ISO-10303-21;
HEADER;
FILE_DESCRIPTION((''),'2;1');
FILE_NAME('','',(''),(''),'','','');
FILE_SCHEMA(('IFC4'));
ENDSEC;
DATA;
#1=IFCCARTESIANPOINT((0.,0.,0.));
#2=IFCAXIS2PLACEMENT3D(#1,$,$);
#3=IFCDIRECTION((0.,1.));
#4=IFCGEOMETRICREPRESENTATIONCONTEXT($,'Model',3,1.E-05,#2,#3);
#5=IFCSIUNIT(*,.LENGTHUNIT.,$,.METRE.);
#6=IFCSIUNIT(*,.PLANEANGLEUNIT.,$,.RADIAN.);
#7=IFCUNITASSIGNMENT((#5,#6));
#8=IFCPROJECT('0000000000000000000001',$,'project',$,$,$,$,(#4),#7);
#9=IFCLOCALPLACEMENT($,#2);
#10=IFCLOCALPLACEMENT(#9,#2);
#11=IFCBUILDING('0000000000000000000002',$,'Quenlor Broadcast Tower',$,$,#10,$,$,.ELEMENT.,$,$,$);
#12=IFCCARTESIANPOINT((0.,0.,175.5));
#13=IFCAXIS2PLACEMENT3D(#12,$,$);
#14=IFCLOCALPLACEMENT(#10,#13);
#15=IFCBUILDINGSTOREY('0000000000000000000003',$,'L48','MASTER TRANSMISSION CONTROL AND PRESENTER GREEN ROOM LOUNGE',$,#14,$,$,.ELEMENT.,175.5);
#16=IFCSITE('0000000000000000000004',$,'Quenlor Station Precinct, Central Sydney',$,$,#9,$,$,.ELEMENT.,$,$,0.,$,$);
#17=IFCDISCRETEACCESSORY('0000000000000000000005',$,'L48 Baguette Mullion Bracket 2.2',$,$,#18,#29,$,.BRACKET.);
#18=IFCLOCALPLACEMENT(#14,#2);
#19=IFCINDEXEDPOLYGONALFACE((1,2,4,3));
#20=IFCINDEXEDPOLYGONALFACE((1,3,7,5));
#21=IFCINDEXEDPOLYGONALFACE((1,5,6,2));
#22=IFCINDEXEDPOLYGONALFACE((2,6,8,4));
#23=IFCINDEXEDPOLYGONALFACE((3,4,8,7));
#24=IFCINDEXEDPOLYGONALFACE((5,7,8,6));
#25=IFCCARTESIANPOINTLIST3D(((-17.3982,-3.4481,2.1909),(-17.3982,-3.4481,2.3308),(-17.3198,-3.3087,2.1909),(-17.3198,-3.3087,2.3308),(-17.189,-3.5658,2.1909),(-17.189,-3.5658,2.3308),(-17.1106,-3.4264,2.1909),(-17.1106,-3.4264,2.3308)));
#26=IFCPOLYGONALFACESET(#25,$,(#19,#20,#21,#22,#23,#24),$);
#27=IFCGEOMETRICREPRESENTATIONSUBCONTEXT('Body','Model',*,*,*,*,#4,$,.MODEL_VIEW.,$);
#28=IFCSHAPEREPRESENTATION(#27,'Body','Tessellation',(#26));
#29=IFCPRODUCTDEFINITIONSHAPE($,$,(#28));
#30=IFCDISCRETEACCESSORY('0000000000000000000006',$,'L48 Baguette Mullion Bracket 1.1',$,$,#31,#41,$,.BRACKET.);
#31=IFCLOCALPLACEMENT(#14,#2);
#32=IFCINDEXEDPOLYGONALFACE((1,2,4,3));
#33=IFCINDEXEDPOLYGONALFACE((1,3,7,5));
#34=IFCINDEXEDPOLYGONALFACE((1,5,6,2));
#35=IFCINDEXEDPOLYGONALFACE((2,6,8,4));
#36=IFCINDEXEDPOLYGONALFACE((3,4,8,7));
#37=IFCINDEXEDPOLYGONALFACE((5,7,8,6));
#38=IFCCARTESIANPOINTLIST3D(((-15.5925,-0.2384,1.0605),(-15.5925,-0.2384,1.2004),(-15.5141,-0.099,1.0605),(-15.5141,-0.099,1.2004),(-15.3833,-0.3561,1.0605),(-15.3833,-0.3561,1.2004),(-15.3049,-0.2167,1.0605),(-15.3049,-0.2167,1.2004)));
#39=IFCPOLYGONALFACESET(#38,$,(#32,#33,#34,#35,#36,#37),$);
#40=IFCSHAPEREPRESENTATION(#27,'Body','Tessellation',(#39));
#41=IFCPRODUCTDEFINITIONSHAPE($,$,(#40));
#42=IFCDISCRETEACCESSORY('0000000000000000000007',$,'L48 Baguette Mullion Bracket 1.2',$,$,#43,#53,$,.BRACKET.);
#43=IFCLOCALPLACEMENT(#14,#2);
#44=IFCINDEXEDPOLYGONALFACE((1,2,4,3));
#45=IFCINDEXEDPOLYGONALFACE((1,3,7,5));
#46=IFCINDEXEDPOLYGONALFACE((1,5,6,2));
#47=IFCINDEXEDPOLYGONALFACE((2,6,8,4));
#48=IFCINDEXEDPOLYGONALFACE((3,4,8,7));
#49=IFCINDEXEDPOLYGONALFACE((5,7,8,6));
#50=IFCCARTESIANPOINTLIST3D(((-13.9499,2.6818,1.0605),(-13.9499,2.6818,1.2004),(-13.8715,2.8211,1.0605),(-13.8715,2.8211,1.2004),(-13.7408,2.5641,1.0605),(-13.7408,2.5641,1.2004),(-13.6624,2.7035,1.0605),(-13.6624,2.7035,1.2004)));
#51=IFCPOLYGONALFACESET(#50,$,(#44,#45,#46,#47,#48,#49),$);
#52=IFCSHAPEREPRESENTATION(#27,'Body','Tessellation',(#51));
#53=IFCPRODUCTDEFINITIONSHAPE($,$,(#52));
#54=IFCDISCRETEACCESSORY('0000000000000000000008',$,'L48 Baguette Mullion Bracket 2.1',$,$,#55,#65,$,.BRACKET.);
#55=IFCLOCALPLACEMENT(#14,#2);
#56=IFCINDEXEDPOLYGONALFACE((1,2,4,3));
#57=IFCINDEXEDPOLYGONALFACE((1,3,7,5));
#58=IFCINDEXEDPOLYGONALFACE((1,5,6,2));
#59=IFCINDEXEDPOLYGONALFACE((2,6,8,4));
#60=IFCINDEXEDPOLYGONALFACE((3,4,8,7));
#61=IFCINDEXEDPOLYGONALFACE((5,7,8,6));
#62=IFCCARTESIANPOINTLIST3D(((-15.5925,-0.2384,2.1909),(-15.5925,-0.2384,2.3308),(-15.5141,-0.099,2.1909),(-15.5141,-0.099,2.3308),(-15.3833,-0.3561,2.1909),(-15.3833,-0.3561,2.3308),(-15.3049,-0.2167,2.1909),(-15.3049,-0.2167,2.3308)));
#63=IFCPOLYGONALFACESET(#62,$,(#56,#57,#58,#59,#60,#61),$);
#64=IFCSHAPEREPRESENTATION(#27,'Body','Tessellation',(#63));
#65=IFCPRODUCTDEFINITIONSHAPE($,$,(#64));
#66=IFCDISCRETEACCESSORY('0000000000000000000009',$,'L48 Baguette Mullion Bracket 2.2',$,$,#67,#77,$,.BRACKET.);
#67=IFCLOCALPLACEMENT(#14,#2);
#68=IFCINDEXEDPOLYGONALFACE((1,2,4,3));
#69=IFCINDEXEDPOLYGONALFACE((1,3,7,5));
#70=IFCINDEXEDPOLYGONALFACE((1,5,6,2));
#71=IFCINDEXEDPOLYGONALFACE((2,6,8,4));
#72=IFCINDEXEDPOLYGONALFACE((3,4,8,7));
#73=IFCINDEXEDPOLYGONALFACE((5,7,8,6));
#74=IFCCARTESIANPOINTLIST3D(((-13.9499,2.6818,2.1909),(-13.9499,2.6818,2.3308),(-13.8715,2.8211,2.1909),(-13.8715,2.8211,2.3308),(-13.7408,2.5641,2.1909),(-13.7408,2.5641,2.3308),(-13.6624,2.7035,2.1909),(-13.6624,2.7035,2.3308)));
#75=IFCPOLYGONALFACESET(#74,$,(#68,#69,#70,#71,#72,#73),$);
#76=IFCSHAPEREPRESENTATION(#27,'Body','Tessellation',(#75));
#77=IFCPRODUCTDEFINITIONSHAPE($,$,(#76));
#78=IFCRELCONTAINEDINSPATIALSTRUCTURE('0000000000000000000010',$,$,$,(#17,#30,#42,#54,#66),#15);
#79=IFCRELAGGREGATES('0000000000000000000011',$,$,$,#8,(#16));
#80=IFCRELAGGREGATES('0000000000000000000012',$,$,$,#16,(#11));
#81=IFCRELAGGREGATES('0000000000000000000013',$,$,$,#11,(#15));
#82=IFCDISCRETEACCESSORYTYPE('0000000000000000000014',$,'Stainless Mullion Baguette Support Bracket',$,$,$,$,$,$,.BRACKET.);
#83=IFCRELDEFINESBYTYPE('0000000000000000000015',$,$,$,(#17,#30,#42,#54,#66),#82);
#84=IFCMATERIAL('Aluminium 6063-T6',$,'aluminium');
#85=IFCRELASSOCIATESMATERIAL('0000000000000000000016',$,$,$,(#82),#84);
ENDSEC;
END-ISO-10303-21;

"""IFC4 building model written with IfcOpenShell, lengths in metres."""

from ifc_helpers import new_model, si_unit, direction, frame, origin, origin_2d, place, context, subcontext, project, spatial, rectangle, extrude, material, type_object, element, save


model = new_model("IFC4")

# Units and contexts
model_context = context("Model", 3, precision=1e-05, world=origin(), true_north=direction((0.0, 1.0)))
body_context = subcontext(model_context, "Body", "Model", "MODEL_VIEW")
ifc_project = project(units=[si_unit("LENGTHUNIT", "METRE"), si_unit("PLANEANGLEUNIT", "RADIAN")], contexts=[model_context])

# Site, building, storey
site_placement = place(None, origin())
site = spatial("IfcSite", under=ifc_project, at=site_placement, Name="Quenlor Station Precinct, Central Sydney", CompositionType="ELEMENT", RefElevation=0.0)
building_placement = place(site_placement, origin())
building = spatial("IfcBuilding", under=site, at=building_placement, Name="Quenlor Broadcast Tower", CompositionType="ELEMENT")
storey_placement = place(building_placement, frame((0.0, 0.0, 175.5)))
storey = spatial("IfcBuildingStorey", under=building, at=storey_placement, Name="L48", Description="MASTER TRANSMISSION CONTROL AND PRESENTER GREEN ROOM LOUNGE", CompositionType="ELEMENT", Elevation=175.5)

# Discrete accessories
ifc_material_1 = material(Name="Aluminium 6063-T6", Category="aluminium")
discrete_accessory_type = type_object("IfcDiscreteAccessoryType", Name="Stainless Mullion Baguette Support Bracket", PredefinedType="BRACKET", material=ifc_material_1)
for number, where, z_axis, x_axis, name in (
    (1, (-17.2544, -3.4373, 2.1909), (0.0, 0.0, 1.0), (0.490259, 0.871577, 0.0), "L48 Baguette Mullion Bracket 2.2"),
    (2, (-15.4487, -0.2275, 1.0605), (0.0, 0.0, 1.0), (0.490268, 0.871572, 0.0), "L48 Baguette Mullion Bracket 1.1"),
    (3, (-13.8062, 2.6926, 1.0605), (0.0, 0.0, 1.0), (0.490268, 0.871572, 0.0), "L48 Baguette Mullion Bracket 1.2"),
    (4, (-15.4487, -0.2275, 2.1909), (0.0, 0.0, 1.0), (0.490268, 0.871572, 0.0), "L48 Baguette Mullion Bracket 2.1"),
    (5, (-13.8062, 2.6926, 2.1909), (0.0, 0.0, 1.0), (0.490268, 0.871572, 0.0), "L48 Baguette Mullion Bracket 2.2"),
):
    element("IfcDiscreteAccessory", number, at=place(storey_placement, frame(where, z_axis=z_axis, x_axis=x_axis)), inside=storey, type_object=discrete_accessory_type, Name=name, PredefinedType="BRACKET", context=body_context, shape_type="SweptSolid", body=[
        extrude(rectangle(XDim=0.1599, YDim=0.24, at=origin_2d()), origin(), (0.0, 0.0, 1.0), 0.1399),
    ])

save(model, "model.ifc")
